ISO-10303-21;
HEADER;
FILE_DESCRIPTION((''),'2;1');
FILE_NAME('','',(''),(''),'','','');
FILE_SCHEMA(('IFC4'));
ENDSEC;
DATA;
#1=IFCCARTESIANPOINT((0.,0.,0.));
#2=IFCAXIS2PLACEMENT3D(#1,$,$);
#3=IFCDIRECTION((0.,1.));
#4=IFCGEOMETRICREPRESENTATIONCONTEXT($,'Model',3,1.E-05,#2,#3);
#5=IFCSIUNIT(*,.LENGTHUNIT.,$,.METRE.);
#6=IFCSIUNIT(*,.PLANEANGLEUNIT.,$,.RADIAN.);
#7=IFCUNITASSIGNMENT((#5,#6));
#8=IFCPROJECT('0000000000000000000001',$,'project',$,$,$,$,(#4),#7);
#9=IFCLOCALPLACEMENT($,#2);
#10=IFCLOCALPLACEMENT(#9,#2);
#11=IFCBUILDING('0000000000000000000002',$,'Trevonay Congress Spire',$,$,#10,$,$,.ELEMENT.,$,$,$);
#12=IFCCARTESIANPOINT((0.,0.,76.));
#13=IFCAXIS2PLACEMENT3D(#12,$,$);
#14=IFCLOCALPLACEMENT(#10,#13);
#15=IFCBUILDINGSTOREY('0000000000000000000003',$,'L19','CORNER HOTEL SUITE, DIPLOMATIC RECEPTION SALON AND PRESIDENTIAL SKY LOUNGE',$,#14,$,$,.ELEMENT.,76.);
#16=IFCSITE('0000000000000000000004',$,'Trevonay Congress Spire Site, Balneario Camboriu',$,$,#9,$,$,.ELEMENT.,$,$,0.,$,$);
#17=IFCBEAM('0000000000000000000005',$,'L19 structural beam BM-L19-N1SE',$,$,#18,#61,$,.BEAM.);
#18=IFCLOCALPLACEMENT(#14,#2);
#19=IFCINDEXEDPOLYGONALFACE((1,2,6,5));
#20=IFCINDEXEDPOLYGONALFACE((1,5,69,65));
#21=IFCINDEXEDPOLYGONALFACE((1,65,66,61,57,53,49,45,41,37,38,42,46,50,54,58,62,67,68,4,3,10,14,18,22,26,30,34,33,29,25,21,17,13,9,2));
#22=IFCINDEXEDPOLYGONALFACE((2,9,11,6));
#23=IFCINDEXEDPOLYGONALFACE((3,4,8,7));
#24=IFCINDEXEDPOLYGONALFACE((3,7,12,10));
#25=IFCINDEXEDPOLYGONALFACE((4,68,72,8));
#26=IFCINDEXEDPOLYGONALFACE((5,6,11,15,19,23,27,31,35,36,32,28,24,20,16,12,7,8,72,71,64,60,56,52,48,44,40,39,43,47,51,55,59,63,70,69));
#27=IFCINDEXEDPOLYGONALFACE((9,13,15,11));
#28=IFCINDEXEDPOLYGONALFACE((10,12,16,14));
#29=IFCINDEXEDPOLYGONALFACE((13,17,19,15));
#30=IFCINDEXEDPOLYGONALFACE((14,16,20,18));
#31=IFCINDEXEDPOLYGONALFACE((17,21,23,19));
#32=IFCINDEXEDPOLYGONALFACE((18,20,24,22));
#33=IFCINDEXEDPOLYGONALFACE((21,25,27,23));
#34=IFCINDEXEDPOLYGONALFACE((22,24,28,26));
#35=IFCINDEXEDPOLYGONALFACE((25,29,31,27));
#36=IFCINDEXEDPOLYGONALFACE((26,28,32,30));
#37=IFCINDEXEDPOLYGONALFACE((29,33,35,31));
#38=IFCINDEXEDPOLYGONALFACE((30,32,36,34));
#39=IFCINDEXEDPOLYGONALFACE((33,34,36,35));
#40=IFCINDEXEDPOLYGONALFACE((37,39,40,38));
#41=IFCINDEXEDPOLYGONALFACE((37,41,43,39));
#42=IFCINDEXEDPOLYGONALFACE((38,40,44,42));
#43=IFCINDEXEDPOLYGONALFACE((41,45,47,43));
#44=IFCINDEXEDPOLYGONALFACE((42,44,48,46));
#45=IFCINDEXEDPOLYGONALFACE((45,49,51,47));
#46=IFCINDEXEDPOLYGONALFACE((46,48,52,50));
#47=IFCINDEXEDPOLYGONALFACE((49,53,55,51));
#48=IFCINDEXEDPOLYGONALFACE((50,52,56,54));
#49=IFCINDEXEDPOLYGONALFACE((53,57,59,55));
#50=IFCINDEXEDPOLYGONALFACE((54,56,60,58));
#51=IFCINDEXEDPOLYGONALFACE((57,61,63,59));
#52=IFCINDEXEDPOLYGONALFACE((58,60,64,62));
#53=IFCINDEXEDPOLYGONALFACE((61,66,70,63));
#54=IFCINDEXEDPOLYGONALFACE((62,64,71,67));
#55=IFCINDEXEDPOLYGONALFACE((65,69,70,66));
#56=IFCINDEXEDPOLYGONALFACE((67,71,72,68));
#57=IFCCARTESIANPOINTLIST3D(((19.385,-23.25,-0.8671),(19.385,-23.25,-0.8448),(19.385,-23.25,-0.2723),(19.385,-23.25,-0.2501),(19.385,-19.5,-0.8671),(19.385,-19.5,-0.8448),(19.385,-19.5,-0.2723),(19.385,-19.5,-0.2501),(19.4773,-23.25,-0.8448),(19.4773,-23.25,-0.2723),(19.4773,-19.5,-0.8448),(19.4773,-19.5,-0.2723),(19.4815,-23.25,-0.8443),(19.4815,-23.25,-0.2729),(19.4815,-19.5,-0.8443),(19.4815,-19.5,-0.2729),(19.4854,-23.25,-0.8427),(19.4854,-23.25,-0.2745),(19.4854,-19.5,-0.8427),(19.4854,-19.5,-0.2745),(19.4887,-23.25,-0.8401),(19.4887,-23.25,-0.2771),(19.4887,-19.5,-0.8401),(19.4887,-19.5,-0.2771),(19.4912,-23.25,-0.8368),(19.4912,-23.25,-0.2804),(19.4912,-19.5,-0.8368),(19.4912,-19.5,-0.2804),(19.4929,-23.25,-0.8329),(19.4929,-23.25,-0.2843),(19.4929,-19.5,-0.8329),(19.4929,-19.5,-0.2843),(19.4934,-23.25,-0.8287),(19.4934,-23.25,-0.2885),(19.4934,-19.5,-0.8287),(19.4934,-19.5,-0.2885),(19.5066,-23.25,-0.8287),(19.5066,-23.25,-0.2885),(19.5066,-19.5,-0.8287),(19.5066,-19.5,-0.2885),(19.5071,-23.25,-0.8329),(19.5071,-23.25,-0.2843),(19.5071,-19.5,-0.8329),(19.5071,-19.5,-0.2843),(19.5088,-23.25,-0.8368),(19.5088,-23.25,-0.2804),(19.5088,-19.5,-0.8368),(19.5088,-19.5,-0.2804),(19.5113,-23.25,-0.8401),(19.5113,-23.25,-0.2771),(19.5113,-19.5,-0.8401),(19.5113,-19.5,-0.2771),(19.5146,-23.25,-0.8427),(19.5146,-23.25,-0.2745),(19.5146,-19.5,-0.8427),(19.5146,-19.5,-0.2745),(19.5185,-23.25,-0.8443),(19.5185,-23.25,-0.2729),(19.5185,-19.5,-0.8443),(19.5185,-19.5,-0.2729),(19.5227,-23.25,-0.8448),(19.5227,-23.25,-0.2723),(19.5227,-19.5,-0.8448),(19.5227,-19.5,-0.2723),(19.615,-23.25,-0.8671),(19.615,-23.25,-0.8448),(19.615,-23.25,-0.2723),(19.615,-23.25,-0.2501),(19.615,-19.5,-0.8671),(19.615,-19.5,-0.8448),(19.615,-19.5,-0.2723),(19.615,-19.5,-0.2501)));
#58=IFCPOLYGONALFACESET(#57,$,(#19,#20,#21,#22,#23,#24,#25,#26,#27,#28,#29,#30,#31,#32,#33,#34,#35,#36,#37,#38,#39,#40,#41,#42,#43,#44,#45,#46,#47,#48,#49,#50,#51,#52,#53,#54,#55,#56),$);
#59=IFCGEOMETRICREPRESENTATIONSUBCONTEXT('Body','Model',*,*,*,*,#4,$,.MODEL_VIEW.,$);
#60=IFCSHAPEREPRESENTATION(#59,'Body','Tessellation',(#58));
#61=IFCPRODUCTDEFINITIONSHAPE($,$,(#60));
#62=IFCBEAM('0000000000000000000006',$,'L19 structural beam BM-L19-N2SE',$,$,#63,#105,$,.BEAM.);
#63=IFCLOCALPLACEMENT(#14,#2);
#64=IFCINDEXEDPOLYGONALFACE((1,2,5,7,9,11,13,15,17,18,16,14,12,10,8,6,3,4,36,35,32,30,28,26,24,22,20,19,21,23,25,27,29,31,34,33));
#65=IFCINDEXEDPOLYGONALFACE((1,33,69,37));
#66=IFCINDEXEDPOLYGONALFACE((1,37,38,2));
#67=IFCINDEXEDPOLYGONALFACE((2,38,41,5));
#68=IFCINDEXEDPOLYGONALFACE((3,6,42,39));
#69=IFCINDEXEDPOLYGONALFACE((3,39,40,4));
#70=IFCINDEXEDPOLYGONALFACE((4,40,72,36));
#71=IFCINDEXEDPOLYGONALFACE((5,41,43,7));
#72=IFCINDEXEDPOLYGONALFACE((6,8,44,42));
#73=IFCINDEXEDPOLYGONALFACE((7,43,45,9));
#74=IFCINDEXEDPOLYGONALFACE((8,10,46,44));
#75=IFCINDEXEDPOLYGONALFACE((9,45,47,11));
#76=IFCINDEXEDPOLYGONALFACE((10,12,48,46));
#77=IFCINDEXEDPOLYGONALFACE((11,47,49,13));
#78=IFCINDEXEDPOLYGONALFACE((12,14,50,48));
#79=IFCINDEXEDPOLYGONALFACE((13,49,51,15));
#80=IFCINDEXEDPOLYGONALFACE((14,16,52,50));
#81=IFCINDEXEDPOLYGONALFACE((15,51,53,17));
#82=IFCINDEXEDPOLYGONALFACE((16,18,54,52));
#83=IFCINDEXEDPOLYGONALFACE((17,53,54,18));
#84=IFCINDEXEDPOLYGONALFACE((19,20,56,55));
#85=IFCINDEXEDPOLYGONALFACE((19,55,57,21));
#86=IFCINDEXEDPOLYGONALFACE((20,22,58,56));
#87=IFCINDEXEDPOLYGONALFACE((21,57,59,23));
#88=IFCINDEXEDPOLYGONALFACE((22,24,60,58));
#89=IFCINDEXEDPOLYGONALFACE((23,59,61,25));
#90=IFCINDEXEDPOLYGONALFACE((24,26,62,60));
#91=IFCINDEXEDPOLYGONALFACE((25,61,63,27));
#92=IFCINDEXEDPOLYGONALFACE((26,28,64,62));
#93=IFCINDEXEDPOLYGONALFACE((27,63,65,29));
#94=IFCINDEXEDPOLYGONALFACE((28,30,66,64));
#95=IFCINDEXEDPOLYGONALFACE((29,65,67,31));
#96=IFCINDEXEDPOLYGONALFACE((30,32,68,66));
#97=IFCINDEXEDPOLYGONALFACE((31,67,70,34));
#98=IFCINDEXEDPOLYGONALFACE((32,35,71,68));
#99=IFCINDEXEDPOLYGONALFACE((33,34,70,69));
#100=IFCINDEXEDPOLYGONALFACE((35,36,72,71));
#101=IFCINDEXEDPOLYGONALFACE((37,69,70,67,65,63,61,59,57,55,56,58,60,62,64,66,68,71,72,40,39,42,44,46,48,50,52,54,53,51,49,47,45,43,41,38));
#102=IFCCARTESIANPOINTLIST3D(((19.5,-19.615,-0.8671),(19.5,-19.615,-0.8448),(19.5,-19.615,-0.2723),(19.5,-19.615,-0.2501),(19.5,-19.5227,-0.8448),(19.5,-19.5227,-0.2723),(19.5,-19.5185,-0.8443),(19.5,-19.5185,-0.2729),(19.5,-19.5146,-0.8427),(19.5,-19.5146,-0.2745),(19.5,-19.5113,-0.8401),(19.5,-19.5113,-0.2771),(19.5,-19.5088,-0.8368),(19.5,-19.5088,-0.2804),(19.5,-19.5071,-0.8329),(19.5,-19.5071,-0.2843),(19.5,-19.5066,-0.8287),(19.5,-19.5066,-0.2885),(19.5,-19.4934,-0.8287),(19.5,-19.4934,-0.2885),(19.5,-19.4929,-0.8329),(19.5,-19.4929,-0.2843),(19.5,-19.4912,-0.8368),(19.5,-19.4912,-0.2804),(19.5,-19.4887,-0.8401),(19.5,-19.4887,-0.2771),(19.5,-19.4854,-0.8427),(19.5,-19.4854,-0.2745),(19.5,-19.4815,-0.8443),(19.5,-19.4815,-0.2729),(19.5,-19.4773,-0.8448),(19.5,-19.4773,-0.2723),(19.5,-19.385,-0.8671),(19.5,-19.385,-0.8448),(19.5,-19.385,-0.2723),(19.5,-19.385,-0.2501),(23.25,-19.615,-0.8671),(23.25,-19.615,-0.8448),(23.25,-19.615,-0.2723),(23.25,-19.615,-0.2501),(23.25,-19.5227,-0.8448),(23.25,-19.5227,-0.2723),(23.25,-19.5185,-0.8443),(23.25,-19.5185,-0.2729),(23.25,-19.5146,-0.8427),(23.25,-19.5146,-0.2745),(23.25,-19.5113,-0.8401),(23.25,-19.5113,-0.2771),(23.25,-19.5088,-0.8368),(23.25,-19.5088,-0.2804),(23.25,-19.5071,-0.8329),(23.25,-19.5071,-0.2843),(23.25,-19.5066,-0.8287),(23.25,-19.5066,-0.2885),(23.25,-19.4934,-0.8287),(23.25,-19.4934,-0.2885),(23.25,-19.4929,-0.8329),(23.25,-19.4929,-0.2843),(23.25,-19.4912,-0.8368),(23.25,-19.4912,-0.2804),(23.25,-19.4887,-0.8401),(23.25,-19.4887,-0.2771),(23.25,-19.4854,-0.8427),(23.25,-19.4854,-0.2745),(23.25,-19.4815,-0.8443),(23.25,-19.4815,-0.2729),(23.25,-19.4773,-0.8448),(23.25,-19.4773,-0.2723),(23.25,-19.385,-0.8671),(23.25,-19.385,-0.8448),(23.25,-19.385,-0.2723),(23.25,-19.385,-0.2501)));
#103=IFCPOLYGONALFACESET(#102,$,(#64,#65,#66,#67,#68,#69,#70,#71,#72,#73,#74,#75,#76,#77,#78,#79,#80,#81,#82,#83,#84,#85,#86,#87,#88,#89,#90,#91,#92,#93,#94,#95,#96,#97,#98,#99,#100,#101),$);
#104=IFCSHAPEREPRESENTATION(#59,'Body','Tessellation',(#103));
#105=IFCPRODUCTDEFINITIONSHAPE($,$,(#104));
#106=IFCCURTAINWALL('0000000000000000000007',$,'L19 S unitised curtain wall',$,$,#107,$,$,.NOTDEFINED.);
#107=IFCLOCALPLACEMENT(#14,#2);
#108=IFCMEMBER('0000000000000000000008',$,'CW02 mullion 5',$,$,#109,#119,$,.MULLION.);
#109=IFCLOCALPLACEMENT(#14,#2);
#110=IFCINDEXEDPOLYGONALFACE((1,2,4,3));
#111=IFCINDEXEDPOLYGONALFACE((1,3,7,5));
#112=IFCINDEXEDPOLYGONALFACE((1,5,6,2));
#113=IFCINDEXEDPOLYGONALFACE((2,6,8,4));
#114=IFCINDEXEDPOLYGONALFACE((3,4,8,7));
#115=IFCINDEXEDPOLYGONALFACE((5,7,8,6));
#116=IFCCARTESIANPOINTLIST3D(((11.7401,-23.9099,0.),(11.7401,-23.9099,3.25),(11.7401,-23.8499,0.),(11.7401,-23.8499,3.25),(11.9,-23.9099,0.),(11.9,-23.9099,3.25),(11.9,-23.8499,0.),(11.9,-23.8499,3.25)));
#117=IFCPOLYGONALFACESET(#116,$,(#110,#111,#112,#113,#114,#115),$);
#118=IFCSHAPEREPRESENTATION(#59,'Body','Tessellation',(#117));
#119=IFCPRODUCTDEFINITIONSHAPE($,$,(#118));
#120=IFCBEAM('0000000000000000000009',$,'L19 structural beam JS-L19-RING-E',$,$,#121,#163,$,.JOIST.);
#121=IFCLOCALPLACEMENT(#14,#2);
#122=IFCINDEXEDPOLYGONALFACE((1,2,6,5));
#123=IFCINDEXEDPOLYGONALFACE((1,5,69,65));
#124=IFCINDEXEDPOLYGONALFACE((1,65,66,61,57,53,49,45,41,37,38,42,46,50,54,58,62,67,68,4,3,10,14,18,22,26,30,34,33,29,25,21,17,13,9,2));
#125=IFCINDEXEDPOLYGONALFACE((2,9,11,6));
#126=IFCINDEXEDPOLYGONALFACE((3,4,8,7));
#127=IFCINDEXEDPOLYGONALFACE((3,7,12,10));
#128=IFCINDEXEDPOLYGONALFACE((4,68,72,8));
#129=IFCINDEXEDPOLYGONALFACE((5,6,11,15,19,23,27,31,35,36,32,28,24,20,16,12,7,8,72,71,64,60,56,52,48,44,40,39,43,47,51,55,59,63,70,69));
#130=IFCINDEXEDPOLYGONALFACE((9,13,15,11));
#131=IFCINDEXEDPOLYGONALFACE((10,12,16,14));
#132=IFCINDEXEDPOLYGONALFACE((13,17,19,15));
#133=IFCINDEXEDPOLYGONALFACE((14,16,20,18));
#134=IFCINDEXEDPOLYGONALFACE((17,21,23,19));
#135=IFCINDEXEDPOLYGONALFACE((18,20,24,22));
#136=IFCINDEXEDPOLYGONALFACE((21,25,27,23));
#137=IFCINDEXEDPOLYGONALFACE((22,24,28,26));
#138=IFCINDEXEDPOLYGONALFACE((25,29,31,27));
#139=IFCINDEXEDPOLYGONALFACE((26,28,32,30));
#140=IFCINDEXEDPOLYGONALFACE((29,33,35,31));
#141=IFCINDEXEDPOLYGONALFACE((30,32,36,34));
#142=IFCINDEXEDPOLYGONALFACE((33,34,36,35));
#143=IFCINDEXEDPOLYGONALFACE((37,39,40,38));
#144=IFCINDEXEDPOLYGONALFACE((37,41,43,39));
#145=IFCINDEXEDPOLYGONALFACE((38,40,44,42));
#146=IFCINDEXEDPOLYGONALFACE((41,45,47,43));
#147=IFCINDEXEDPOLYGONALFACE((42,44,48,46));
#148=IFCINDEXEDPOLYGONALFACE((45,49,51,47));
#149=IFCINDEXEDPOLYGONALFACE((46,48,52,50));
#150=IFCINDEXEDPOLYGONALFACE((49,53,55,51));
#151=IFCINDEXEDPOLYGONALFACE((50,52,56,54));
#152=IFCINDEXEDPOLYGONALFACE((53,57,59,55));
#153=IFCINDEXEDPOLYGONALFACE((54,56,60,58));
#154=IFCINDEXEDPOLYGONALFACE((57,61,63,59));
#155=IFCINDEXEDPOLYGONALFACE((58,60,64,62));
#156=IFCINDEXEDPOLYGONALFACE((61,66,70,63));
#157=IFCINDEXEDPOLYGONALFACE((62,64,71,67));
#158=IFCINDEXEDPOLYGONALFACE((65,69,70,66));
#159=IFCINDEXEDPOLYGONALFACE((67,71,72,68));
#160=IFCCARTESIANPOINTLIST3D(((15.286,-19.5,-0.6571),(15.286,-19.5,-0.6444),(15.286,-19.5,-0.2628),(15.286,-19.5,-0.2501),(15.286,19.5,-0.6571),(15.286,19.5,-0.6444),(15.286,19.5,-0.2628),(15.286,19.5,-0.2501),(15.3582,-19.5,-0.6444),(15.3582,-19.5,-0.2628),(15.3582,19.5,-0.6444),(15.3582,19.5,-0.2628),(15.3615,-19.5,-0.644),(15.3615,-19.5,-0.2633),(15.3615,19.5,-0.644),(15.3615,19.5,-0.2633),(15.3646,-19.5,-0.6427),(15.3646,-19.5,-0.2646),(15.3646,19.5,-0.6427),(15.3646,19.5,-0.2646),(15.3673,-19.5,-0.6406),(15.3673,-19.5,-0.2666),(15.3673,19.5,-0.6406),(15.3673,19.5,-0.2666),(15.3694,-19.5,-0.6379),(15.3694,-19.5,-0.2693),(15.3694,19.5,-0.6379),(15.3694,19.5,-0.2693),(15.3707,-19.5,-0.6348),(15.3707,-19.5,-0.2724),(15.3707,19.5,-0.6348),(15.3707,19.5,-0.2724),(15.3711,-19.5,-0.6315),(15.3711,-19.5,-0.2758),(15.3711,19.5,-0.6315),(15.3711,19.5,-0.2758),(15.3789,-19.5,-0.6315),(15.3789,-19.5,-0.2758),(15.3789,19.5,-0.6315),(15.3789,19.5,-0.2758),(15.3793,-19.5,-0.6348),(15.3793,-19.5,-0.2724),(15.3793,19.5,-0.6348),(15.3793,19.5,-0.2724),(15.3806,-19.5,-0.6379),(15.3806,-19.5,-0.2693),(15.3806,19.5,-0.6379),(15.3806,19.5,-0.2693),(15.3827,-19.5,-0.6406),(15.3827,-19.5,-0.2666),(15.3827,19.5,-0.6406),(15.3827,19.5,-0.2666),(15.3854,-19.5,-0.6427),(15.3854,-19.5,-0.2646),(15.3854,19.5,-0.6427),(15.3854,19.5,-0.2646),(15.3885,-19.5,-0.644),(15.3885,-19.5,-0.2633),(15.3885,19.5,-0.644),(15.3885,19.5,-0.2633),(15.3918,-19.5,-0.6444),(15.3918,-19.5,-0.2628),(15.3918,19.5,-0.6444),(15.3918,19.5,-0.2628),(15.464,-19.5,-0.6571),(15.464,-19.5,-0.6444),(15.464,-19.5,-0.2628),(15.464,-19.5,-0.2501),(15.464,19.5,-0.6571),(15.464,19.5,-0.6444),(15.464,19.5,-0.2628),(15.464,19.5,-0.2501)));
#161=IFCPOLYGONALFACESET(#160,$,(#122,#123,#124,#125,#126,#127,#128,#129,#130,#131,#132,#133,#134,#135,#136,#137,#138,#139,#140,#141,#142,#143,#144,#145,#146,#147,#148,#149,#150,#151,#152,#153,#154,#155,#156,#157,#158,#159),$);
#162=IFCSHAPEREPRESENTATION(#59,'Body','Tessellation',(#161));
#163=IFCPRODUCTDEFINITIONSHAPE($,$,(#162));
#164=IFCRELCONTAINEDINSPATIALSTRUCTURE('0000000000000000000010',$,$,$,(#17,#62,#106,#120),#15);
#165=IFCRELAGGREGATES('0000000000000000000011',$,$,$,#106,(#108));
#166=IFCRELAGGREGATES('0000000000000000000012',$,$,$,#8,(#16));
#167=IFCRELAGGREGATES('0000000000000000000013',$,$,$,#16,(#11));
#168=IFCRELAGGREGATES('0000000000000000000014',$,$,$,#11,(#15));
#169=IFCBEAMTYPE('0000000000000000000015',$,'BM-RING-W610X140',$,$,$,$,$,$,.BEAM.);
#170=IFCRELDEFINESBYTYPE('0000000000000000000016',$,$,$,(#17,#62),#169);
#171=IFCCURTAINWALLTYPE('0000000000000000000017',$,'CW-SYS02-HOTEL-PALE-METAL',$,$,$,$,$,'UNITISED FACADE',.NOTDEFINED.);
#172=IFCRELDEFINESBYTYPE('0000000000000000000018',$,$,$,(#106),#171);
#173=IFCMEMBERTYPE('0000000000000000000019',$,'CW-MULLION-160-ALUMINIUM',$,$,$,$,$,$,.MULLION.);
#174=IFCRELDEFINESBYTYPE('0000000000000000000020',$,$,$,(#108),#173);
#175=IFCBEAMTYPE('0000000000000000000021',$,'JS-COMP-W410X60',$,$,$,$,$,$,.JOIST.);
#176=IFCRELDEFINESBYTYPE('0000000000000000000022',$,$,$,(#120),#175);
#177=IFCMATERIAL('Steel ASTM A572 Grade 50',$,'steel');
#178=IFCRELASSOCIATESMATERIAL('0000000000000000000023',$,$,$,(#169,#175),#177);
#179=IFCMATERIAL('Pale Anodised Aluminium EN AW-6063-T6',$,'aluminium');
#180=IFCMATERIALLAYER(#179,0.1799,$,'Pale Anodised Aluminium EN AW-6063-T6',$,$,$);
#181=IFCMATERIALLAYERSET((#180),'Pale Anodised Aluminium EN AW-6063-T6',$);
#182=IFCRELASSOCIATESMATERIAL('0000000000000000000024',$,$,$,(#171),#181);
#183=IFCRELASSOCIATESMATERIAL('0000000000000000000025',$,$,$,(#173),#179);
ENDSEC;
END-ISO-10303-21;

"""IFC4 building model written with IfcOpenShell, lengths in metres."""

from ifc_helpers import new_model, si_unit, direction, frame, origin, origin_2d, place, context, subcontext, project, spatial, rectangle, i_section, extrude, material, layer, layer_set, material_profile, profile_set, type_object, element, aggregate, save


model = new_model("IFC4")

# Units and contexts
model_context = context("Model", 3, precision=1e-05, world=origin(), true_north=direction((0.0, 1.0)))
body_context = subcontext(model_context, "Body", "Model", "MODEL_VIEW")
ifc_project = project(units=[si_unit("LENGTHUNIT", "METRE"), si_unit("PLANEANGLEUNIT", "RADIAN")], contexts=[model_context])

# Site, building, storey
site_placement = place(None, origin())
site = spatial("IfcSite", under=ifc_project, at=site_placement, Name="Trevonay Congress Spire Site, Balneario Camboriu", CompositionType="ELEMENT", RefElevation=0.0)
building_placement = place(site_placement, origin())
building = spatial("IfcBuilding", under=site, at=building_placement, Name="Trevonay Congress Spire", CompositionType="ELEMENT")
storey_placement = place(building_placement, frame((0.0, 0.0, 76.0)))
storey = spatial("IfcBuildingStorey", under=building, at=storey_placement, Name="L19", Description="CORNER HOTEL SUITE, DIPLOMATIC RECEPTION SALON AND PRESIDENTIAL SKY LOUNGE", CompositionType="ELEMENT", Elevation=76.0)

# Shared definitions
ifc_material_1 = material(Name="Steel ASTM A572 Grade 50", Category="steel")

# Beams
ifc_material_profile_1 = material_profile(ifc_material_1, i_section(OverallWidth=0.23, OverallDepth=0.6169, WebThickness=0.0132, FlangeThickness=0.0222, FilletRadius=0.0161, at=origin_2d()), Name="W610x140")
ifc_profile_set_1 = profile_set([ifc_material_profile_1], Name="Steel ASTM A572 Grade 50")
beam_type_1 = type_object("IfcBeamType", Name="BM-RING-W610X140", PredefinedType="BEAM", material=ifc_profile_set_1)
for number, where, z_axis, x_axis, name in (
    (1, (19.5, -23.25, -0.5586), (0.0, 1.0, 0.0), (-1.0, 0.0, 0.0), "L19 structural beam BM-L19-N1SE"),
    (2, (23.25, -19.5, -0.5586), (-1.0, 0.0, 0.0), (0.0, -1.0, 0.0), "L19 structural beam BM-L19-N2SE"),
):
    element("IfcBeam", number, at=place(storey_placement, frame(where, z_axis=z_axis, x_axis=x_axis)), inside=storey, type_object=beam_type_1, Name=name, PredefinedType="BEAM", context=body_context, shape_type="SweptSolid", body=[
        extrude(i_section(OverallWidth=0.23, OverallDepth=0.6169, WebThickness=0.0132, FlangeThickness=0.0222, FilletRadius=0.0161, at=origin_2d()), origin(), (0.0, 0.0, 1.0), 3.75),
    ])

# Curtain wall, member
ifc_material_2 = material(Name="Pale Anodised Aluminium EN AW-6063-T6", Category="aluminium")
ifc_layer_1 = layer(ifc_material_2, 0.1799, Name="Pale Anodised Aluminium EN AW-6063-T6")
ifc_layer_set_1 = layer_set([ifc_layer_1], Name="Pale Anodised Aluminium EN AW-6063-T6")
curtain_wall_type = type_object("IfcCurtainWallType", Name="CW-SYS02-HOTEL-PALE-METAL", ElementType="UNITISED FACADE", PredefinedType="NOTDEFINED", material=ifc_layer_set_1)
curtain_wall_placement = place(storey_placement, origin())
curtain_wall = element("IfcCurtainWall", 3, at=curtain_wall_placement, inside=storey, type_object=curtain_wall_type, Name="L19 S unitised curtain wall", PredefinedType="NOTDEFINED")
ifc_material_profile_2 = material_profile(ifc_material_2, rectangle(XDim=0.0601, YDim=0.1599, at=origin_2d()), Name="CW-MULLION-160-ALUMINIUM")
ifc_profile_set_2 = profile_set([ifc_material_profile_2], Name="Pale Anodised Aluminium EN AW-6063-T6")
member_type_1 = type_object("IfcMemberType", Name="CW-MULLION-160-ALUMINIUM", PredefinedType="MULLION", material=ifc_profile_set_2)
member_placement = place(storey_placement, frame((11.8201, -23.8799, 0.0), z_axis=(0.0, 0.0, 1.0), x_axis=(0.0, 1.0, 0.0)))
member = element("IfcMember", 4, at=member_placement, type_object=member_type_1, Name="CW02 mullion 5", PredefinedType="MULLION", context=body_context, shape_type="SweptSolid", body=[
    extrude(rectangle(XDim=0.0601, YDim=0.1599, at=origin_2d()), origin(), (0.0, 0.0, 1.0), 3.25),
])

# Beam
ifc_material_profile_3 = material_profile(ifc_material_1, i_section(OverallWidth=0.178, OverallDepth=0.407, WebThickness=0.0078, FlangeThickness=0.0127, FilletRadius=0.0129, at=origin_2d()), Name="W410x60")
ifc_profile_set_3 = profile_set([ifc_material_profile_3], Name="Steel ASTM A572 Grade 50")
beam_type_2 = type_object("IfcBeamType", Name="JS-COMP-W410X60", PredefinedType="JOIST", material=ifc_profile_set_3)
beam_placement = place(storey_placement, frame((15.375, -19.5, -0.4536), z_axis=(0.0, 1.0, 0.0), x_axis=(-1.0, 0.0, 0.0)))
element("IfcBeam", 5, at=beam_placement, inside=storey, type_object=beam_type_2, Name="L19 structural beam JS-L19-RING-E", PredefinedType="JOIST", context=body_context, shape_type="SweptSolid", body=[
    extrude(i_section(OverallWidth=0.178, OverallDepth=0.407, WebThickness=0.0078, FlangeThickness=0.0127, FilletRadius=0.0129, at=origin_2d()), origin(), (0.0, 0.0, 1.0), 39.0),
])

aggregate(curtain_wall, [member])

save(model, "model.ifc")
